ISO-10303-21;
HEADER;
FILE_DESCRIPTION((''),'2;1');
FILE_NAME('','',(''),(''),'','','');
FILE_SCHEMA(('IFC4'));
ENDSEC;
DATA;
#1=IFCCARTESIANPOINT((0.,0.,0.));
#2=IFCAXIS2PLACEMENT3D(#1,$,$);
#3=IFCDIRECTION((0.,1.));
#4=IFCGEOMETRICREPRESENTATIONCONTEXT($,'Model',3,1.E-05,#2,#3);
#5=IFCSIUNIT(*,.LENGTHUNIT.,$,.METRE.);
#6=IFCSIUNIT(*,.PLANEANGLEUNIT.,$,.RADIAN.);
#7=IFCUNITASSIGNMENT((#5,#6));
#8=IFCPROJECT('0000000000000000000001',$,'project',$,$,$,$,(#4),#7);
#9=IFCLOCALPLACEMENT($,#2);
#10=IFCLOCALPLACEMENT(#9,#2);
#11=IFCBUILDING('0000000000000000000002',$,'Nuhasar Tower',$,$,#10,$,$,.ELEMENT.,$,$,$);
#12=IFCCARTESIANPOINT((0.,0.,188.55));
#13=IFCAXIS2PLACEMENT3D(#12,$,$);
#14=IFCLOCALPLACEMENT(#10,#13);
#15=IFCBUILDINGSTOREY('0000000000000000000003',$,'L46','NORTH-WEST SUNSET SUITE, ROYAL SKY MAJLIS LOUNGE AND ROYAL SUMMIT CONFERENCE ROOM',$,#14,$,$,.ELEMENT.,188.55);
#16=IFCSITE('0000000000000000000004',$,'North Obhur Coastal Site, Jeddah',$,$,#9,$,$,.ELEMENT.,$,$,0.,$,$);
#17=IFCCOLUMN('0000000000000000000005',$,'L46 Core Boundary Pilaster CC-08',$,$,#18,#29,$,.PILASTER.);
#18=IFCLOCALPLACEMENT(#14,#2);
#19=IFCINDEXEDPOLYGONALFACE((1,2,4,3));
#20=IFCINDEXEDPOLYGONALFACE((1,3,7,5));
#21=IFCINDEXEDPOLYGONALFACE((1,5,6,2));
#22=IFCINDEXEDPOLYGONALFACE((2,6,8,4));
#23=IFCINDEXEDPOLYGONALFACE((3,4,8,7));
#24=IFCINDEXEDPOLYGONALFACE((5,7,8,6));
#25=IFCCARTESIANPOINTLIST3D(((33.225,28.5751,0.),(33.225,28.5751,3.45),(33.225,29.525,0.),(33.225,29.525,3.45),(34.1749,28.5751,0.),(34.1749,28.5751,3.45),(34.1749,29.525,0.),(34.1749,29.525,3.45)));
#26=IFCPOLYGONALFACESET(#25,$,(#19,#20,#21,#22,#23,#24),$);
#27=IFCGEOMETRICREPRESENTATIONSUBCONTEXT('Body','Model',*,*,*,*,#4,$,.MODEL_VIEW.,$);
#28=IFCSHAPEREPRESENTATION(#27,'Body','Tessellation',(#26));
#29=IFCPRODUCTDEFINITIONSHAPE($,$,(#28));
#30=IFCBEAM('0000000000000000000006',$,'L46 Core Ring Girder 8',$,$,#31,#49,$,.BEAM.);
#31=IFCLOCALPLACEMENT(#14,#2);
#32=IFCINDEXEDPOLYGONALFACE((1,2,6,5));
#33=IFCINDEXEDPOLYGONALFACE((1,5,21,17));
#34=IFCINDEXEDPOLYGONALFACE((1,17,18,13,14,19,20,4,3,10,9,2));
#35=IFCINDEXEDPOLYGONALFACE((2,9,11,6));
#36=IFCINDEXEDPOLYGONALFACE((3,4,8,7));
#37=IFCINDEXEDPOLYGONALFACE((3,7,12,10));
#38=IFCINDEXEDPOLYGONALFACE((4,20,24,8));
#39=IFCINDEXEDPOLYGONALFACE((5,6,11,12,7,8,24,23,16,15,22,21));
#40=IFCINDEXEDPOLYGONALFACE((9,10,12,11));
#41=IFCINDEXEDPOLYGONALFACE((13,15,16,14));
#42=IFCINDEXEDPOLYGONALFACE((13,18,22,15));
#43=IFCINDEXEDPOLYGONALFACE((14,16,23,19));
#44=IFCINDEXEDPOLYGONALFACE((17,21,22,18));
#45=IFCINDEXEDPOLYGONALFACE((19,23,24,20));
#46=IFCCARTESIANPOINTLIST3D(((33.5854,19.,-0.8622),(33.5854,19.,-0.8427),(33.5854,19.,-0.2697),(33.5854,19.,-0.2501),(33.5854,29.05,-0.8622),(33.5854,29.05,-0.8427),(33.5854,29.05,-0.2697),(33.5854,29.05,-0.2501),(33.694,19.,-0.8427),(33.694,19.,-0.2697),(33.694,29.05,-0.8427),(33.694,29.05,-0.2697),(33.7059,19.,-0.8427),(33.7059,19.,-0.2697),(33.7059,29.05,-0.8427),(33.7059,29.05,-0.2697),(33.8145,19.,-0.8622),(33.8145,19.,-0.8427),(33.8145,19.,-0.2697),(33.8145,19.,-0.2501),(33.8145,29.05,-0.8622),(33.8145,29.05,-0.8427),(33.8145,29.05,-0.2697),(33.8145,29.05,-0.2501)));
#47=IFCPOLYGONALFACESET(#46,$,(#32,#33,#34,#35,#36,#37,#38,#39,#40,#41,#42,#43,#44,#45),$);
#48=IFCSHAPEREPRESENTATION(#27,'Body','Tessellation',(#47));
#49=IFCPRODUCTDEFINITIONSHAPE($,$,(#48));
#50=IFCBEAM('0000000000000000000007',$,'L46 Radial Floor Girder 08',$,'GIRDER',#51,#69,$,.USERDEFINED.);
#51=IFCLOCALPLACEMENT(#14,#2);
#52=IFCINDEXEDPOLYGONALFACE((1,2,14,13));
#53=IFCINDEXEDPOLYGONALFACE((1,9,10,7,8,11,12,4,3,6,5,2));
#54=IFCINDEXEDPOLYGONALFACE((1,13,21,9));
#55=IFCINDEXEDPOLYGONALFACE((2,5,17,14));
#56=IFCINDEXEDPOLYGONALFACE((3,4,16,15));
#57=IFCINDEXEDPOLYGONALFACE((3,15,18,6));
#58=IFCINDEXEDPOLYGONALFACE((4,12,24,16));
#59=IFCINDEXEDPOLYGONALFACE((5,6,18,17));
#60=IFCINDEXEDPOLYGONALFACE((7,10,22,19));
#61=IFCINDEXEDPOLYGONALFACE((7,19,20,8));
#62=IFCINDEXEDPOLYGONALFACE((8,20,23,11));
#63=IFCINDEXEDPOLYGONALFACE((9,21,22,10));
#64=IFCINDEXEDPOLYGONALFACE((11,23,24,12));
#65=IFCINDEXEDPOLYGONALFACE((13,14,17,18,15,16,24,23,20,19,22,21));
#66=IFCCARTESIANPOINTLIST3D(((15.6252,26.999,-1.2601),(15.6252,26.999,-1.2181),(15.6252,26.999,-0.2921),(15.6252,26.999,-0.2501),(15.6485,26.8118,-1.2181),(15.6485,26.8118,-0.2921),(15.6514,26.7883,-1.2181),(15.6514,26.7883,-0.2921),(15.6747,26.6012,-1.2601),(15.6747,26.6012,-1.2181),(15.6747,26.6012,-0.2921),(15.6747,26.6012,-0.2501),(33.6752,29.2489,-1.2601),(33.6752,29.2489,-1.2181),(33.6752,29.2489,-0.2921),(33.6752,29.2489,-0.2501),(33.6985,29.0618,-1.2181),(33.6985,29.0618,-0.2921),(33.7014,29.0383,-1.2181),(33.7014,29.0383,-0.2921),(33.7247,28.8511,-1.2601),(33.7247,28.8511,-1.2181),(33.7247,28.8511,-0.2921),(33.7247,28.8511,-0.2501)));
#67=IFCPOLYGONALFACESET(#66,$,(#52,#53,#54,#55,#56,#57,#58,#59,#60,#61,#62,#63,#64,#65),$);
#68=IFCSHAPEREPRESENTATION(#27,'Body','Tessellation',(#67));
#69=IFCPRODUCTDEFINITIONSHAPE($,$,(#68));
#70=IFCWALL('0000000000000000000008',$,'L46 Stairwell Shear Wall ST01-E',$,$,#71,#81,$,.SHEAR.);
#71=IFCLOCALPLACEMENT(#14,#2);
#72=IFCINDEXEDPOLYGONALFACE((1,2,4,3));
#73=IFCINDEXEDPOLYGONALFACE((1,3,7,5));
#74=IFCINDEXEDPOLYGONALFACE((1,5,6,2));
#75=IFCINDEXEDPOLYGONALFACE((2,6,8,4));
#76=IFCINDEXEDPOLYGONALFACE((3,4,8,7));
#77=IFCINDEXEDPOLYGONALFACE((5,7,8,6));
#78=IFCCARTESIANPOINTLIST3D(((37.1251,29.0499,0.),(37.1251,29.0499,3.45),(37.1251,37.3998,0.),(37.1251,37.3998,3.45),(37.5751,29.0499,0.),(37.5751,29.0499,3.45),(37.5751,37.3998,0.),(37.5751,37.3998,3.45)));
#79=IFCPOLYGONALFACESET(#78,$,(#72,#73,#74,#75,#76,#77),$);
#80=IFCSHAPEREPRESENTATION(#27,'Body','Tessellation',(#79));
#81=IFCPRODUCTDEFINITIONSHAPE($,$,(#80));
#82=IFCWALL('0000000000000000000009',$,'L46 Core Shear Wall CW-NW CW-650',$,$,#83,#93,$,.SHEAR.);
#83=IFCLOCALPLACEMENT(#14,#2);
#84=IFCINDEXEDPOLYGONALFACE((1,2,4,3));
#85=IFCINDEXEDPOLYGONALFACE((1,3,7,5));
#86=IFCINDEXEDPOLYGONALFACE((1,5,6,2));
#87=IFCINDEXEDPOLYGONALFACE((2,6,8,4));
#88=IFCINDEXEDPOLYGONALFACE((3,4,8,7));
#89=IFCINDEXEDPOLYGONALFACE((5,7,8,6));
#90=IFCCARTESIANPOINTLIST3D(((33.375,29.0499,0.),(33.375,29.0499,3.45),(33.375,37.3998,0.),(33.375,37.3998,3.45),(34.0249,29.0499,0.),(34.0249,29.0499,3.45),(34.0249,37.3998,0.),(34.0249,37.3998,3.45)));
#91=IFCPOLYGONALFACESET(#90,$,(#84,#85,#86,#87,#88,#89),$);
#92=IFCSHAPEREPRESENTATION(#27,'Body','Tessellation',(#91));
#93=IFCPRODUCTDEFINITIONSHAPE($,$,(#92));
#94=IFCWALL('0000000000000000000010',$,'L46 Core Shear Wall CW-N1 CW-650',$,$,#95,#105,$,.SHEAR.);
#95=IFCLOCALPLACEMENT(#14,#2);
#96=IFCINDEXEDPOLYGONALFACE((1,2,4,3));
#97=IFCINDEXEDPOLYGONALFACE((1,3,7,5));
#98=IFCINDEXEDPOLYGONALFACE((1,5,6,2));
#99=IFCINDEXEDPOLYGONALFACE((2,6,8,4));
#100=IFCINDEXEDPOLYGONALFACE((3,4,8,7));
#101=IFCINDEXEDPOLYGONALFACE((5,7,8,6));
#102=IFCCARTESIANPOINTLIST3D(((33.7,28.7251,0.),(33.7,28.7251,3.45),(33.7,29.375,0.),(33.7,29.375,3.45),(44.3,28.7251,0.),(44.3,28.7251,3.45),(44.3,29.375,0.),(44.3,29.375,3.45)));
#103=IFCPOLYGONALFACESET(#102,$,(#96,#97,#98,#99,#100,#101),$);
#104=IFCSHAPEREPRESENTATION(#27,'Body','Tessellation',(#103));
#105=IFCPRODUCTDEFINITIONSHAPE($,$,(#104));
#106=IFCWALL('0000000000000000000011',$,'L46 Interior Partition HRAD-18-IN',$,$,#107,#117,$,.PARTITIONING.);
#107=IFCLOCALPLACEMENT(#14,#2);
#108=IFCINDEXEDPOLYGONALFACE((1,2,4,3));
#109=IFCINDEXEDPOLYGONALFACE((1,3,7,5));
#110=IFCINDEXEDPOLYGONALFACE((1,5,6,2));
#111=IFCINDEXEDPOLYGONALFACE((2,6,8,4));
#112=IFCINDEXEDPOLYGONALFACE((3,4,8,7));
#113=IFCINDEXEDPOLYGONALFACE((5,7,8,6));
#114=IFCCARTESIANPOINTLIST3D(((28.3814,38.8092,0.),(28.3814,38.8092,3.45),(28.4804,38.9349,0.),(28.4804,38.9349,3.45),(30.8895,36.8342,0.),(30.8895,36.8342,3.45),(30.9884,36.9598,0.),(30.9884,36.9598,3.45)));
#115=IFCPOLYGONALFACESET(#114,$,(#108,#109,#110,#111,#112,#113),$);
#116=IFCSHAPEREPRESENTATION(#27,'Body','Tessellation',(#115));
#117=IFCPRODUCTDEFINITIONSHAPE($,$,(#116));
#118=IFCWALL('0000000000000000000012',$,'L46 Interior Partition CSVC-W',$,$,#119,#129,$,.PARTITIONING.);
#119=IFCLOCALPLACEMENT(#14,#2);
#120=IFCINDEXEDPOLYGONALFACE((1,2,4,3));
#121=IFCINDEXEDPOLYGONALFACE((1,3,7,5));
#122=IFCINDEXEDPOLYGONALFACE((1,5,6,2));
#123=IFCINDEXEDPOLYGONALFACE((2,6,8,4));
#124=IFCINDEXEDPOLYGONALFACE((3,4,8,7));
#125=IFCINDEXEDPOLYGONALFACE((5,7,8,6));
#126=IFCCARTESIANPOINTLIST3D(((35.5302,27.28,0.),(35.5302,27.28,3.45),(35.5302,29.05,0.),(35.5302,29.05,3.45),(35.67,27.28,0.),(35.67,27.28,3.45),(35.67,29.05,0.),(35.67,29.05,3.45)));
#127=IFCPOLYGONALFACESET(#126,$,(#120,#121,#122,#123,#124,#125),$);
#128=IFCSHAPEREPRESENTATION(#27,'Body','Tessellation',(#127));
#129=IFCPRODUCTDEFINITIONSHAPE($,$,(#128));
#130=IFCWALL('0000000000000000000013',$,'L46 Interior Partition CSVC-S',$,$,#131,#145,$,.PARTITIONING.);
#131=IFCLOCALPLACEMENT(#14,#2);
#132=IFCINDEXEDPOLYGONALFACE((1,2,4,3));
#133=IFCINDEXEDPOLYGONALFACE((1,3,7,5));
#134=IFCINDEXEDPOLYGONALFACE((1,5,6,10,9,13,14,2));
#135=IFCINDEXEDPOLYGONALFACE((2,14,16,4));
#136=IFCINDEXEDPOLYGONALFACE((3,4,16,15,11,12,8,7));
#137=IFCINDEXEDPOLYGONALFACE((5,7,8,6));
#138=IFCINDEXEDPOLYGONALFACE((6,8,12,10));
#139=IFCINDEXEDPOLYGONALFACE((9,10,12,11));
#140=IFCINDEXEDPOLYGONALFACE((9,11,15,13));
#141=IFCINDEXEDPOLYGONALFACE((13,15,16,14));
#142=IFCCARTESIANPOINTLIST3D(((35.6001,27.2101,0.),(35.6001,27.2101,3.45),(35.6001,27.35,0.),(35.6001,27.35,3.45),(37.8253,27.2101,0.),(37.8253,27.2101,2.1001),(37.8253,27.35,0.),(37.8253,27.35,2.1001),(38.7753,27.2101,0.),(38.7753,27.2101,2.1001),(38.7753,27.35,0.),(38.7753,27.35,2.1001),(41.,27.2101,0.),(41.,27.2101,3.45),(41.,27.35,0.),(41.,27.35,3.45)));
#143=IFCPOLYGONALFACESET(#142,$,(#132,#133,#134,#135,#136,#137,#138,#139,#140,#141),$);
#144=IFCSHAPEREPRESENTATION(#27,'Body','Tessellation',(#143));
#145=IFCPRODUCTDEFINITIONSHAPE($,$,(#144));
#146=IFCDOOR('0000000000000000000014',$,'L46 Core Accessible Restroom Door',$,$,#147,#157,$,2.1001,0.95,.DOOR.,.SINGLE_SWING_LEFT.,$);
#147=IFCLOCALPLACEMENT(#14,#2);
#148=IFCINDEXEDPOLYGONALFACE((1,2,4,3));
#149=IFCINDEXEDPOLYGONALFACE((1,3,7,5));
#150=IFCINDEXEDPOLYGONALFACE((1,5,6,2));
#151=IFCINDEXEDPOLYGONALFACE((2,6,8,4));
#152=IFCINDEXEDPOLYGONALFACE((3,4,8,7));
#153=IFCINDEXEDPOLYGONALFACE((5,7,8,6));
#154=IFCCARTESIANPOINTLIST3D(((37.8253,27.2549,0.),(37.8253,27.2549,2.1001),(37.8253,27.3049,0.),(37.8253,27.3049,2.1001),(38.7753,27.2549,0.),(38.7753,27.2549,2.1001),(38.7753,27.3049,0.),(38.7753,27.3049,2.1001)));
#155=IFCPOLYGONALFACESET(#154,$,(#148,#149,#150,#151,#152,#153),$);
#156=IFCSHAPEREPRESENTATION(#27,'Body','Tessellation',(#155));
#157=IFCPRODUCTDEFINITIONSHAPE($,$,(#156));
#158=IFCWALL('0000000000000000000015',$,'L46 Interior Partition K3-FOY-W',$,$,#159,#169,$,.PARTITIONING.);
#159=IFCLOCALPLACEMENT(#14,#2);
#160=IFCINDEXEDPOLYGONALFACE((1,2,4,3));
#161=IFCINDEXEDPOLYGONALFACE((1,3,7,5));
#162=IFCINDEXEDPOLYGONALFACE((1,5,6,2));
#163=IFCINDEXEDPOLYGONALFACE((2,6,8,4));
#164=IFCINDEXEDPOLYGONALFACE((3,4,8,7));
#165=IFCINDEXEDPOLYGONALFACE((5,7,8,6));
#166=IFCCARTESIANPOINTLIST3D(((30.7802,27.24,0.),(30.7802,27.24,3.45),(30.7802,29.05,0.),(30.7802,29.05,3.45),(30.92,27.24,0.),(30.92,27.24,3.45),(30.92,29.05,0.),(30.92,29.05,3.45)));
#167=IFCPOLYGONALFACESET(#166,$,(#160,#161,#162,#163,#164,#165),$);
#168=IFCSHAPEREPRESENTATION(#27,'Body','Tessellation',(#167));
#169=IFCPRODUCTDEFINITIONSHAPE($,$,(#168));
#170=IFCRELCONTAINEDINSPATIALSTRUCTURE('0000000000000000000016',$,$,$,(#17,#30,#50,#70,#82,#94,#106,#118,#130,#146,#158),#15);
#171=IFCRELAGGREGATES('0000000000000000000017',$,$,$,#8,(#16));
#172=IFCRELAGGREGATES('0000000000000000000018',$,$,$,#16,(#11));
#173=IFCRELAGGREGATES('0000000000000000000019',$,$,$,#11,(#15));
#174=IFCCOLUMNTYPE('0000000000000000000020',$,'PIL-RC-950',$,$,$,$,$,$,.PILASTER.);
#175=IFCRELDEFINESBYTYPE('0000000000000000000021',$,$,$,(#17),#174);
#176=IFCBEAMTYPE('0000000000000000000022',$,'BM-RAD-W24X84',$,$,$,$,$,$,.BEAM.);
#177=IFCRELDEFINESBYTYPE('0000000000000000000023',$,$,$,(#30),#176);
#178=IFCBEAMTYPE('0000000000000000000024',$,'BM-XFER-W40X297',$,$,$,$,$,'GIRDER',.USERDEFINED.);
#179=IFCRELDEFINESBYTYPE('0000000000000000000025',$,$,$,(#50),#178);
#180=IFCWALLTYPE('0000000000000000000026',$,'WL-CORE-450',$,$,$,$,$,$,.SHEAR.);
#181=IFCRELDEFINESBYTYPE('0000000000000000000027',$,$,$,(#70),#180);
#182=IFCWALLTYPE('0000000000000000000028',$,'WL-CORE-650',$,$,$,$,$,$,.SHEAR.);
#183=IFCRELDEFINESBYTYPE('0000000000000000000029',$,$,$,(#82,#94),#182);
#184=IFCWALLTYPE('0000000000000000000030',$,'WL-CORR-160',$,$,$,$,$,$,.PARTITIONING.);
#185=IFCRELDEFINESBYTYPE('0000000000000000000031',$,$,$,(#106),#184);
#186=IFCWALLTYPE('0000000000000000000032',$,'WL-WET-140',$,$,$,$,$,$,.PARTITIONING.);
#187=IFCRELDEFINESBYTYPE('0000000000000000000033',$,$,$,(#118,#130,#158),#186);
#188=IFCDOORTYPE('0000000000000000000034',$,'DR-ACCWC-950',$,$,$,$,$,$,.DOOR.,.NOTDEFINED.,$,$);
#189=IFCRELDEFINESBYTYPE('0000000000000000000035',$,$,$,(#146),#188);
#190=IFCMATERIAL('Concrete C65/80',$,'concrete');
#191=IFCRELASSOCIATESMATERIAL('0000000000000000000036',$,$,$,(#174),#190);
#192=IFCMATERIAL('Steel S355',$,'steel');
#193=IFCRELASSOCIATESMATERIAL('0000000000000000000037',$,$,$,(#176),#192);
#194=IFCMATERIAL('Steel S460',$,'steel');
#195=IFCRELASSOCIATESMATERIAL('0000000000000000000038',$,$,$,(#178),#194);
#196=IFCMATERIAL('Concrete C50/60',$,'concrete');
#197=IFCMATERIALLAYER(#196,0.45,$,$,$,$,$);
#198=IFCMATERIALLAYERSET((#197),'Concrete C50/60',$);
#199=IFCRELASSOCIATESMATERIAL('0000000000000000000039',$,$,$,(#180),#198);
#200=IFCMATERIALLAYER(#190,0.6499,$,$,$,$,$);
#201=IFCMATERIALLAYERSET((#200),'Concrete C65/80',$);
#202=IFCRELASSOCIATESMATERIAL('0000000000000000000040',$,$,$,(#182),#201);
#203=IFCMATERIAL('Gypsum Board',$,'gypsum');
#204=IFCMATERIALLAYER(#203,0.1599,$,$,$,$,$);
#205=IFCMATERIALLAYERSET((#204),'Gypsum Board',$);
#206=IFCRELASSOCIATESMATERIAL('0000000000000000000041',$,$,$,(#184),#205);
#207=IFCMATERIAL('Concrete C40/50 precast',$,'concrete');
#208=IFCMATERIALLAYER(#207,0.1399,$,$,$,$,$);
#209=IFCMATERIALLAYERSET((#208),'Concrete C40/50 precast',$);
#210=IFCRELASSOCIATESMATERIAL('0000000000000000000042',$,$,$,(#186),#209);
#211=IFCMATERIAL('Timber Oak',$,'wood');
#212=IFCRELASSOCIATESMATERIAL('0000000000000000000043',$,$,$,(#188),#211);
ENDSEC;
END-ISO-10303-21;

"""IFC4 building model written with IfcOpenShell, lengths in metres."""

from ifc_helpers import new_model, si_unit, direction, frame, frame_2d, origin, origin_2d, place, context, subcontext, project, spatial, rectangle, i_section, extrude, material, layer, layer_set, material_profile, profile_set, type_object, element, fill, save


model = new_model("IFC4")

# Units and contexts
model_context = context("Model", 3, precision=1e-05, world=origin(), true_north=direction((0.0, 1.0)))
body_context = subcontext(model_context, "Body", "Model", "MODEL_VIEW")
ifc_project = project(units=[si_unit("LENGTHUNIT", "METRE"), si_unit("PLANEANGLEUNIT", "RADIAN")], contexts=[model_context])

# Site, building, storey
site_placement = place(None, origin())
site = spatial("IfcSite", under=ifc_project, at=site_placement, Name="North Obhur Coastal Site, Jeddah", CompositionType="ELEMENT", RefElevation=0.0)
building_placement = place(site_placement, origin())
building = spatial("IfcBuilding", under=site, at=building_placement, Name="Nuhasar Tower", CompositionType="ELEMENT")
storey_placement = place(building_placement, frame((0.0, 0.0, 188.55)))
storey = spatial("IfcBuildingStorey", under=building, at=storey_placement, Name="L46", Description="NORTH-WEST SUNSET SUITE, ROYAL SKY MAJLIS LOUNGE AND ROYAL SUMMIT CONFERENCE ROOM", CompositionType="ELEMENT", Elevation=188.55)

# Column
ifc_material_1 = material(Name="Concrete C65/80", Category="concrete")
ifc_material_profile_1 = material_profile(ifc_material_1, rectangle(XDim=0.95, YDim=0.95, at=origin_2d()), Name="RC950X950")
ifc_profile_set_1 = profile_set([ifc_material_profile_1], Name="Concrete C65/80")
column_type = type_object("IfcColumnType", Name="PIL-RC-950", PredefinedType="PILASTER", material=ifc_profile_set_1)
column_placement = place(storey_placement, frame((33.7, 29.05, 0.0), z_axis=(0.0, 0.0, 1.0), x_axis=(1.0, 0.0, 0.0)))
element("IfcColumn", 1, at=column_placement, inside=storey, type_object=column_type, Name="L46 Core Boundary Pilaster CC-08", PredefinedType="PILASTER", context=body_context, shape_type="SweptSolid", body=[
    extrude(rectangle(XDim=0.95, YDim=0.95, at=origin_2d()), origin(), (0.0, 0.0, 1.0), 3.45),
])

# Beams
ifc_material_2 = material(Name="Steel S355", Category="steel")
ifc_material_profile_2 = material_profile(ifc_material_2, i_section(OverallWidth=0.229, OverallDepth=0.6121, WebThickness=0.012, FlangeThickness=0.0195, at=origin_2d()), Name="W24X84")
ifc_profile_set_2 = profile_set([ifc_material_profile_2], Name="Steel S355")
beam_type_1 = type_object("IfcBeamType", Name="BM-RAD-W24X84", PredefinedType="BEAM", material=ifc_profile_set_2)
beam_1_placement = place(storey_placement, frame((33.7, 29.05, -0.5562), z_axis=(0.0, -1.0, 0.0), x_axis=(1.0, 0.0, 0.0)))
element("IfcBeam", 2, at=beam_1_placement, inside=storey, type_object=beam_type_1, Name="L46 Core Ring Girder 8", PredefinedType="BEAM", context=body_context, shape_type="SweptSolid", body=[
    extrude(i_section(OverallWidth=0.229, OverallDepth=0.6121, WebThickness=0.012, FlangeThickness=0.0195, at=origin_2d()), origin(), (0.0, 0.0, 1.0), 10.05),
])
ifc_material_3 = material(Name="Steel S460", Category="steel")
ifc_material_profile_3 = material_profile(ifc_material_3, i_section(OverallWidth=0.4009, OverallDepth=1.01, WebThickness=0.0237, FlangeThickness=0.042, at=origin_2d()), Name="W40X297")
ifc_profile_set_3 = profile_set([ifc_material_profile_3], Name="Steel S460")
beam_type_2 = type_object("IfcBeamType", Name="BM-XFER-W40X297", ElementType="GIRDER", PredefinedType="USERDEFINED", material=ifc_profile_set_3)
beam_2_placement = place(storey_placement, frame((33.7, 29.05, -0.7551), z_axis=(-0.99232, -0.123696, 0.0), x_axis=(0.123696, -0.99232, 0.0)))
element("IfcBeam", 3, at=beam_2_placement, inside=storey, type_object=beam_type_2, Name="L46 Radial Floor Girder 08", ObjectType="GIRDER", PredefinedType="USERDEFINED", context=body_context, shape_type="SweptSolid", body=[
    extrude(i_section(OverallWidth=0.4009, OverallDepth=1.01, WebThickness=0.0237, FlangeThickness=0.042, at=origin_2d()), origin(), (0.0, 0.0, 1.0), 18.1897),
])

# Walls
ifc_material_4 = material(Name="Concrete C50/60", Category="concrete")
ifc_layer_1 = layer(ifc_material_4, 0.45)
ifc_layer_set_1 = layer_set([ifc_layer_1], Name="Concrete C50/60")
wall_type_1 = type_object("IfcWallType", Name="WL-CORE-450", PredefinedType="SHEAR", material=ifc_layer_set_1)
wall_1_placement = place(storey_placement, frame((37.3501, 29.05, 0.0), z_axis=(0.0, 0.0, 1.0), x_axis=(0.0, 1.0, 0.0)))
element("IfcWall", 4, at=wall_1_placement, inside=storey, type_object=wall_type_1, Name="L46 Stairwell Shear Wall ST01-E", PredefinedType="SHEAR", context=body_context, shape_type="SweptSolid", body=[
    extrude(rectangle(XDim=8.3499, YDim=0.45, at=frame_2d((4.1748, 0.0))), origin(), (0.0, 0.0, 1.0), 3.45),
])
ifc_layer_2 = layer(ifc_material_1, 0.6499)
ifc_layer_set_2 = layer_set([ifc_layer_2], Name="Concrete C65/80")
wall_type_2 = type_object("IfcWallType", Name="WL-CORE-650", PredefinedType="SHEAR", material=ifc_layer_set_2)
wall_2_placement = place(storey_placement, frame((33.7, 29.05, 0.0), z_axis=(0.0, 0.0, 1.0), x_axis=(0.0, 1.0, 0.0)))
element("IfcWall", 5, at=wall_2_placement, inside=storey, type_object=wall_type_2, Name="L46 Core Shear Wall CW-NW CW-650", PredefinedType="SHEAR", context=body_context, shape_type="SweptSolid", body=[
    extrude(rectangle(XDim=8.3499, YDim=0.6499, at=frame_2d((4.1748, 0.0))), origin(), (0.0, 0.0, 1.0), 3.45),
])
wall_3_placement = place(storey_placement, frame((33.7, 29.05, 0.0), z_axis=(0.0, 0.0, 1.0), x_axis=(1.0, 0.0, 0.0)))
element("IfcWall", 6, at=wall_3_placement, inside=storey, type_object=wall_type_2, Name="L46 Core Shear Wall CW-N1 CW-650", PredefinedType="SHEAR", context=body_context, shape_type="SweptSolid", body=[
    extrude(rectangle(XDim=10.6001, YDim=0.6499, at=frame_2d((5.3, 0.0))), origin(), (0.0, 0.0, 1.0), 3.45),
])
ifc_material_5 = material(Name="Gypsum Board", Category="gypsum")
ifc_layer_3 = layer(ifc_material_5, 0.1599)
ifc_layer_set_3 = layer_set([ifc_layer_3], Name="Gypsum Board")
wall_type_3 = type_object("IfcWallType", Name="WL-CORR-160", PredefinedType="PARTITIONING", material=ifc_layer_set_3)
wall_4_placement = place(storey_placement, frame((30.939, 36.897, 0.0), z_axis=(0.0, 0.0, 1.0), x_axis=(-0.785636, 0.618689, 0.0)))
element("IfcWall", 7, at=wall_4_placement, inside=storey, type_object=wall_type_3, Name="L46 Interior Partition HRAD-18-IN", PredefinedType="PARTITIONING", context=body_context, shape_type="SweptSolid", body=[
    extrude(rectangle(XDim=3.1924, YDim=0.1599, at=frame_2d((1.5962, 0.0))), origin(), (0.0, 0.0, 1.0), 3.45),
])
ifc_material_6 = material(Name="Concrete C40/50 precast", Category="concrete")
ifc_layer_4 = layer(ifc_material_6, 0.1399)
ifc_layer_set_4 = layer_set([ifc_layer_4], Name="Concrete C40/50 precast")
wall_type_4 = type_object("IfcWallType", Name="WL-WET-140", PredefinedType="PARTITIONING", material=ifc_layer_set_4)
wall_5_placement = place(storey_placement, frame((35.6001, 27.28, 0.0), z_axis=(0.0, 0.0, 1.0), x_axis=(0.0, 1.0, 0.0)))
element("IfcWall", 8, at=wall_5_placement, inside=storey, type_object=wall_type_4, Name="L46 Interior Partition CSVC-W", PredefinedType="PARTITIONING", context=body_context, shape_type="SweptSolid", body=[
    extrude(rectangle(XDim=1.77, YDim=0.1399, at=frame_2d((0.885, 0.0))), origin(), (0.0, 0.0, 1.0), 3.45),
])

# Wall, opening, door
wall_6_placement = place(storey_placement, frame((35.6001, 27.28, 0.0), z_axis=(0.0, 0.0, 1.0), x_axis=(1.0, 0.0, 0.0)))
wall_6 = element("IfcWall", 9, at=wall_6_placement, inside=storey, type_object=wall_type_4, Name="L46 Interior Partition CSVC-S", PredefinedType="PARTITIONING", context=body_context, shape_type="SweptSolid", body=[
    extrude(rectangle(XDim=5.3999, YDim=0.1399, at=frame_2d((2.7, 0.0))), origin(), (0.0, 0.0, 1.0), 3.45),
])
opening_1_placement = place(wall_6_placement, frame((2.2251, 0.0, 0.0)))
opening_1 = element("IfcOpeningElement", 10, at=opening_1_placement, cuts=wall_6, PredefinedType="OPENING", context=body_context, shape_type="SweptSolid", body=[
    extrude(rectangle(XDim=0.95, YDim=2.1001, at=frame_2d((0.4751, 1.05))), frame((0.0, 0.0801, 0.0), z_axis=(0.0, -1.0, 0.0), x_axis=(1.0, 0.0, 0.0)), (0.0, 0.0, 1.0), 0.1599),
])
ifc_material_7 = material(Name="Timber Oak", Category="wood")
door_type_1 = type_object("IfcDoorType", Name="DR-ACCWC-950", OperationType="NOTDEFINED", PredefinedType="DOOR", material=ifc_material_7)
door_1_placement = place(opening_1_placement, origin())
door_1 = element("IfcDoor", 11, at=door_1_placement, inside=storey, type_object=door_type_1, Name="L46 Core Accessible Restroom Door", OperationType="SINGLE_SWING_LEFT", OverallHeight=2.1001, OverallWidth=0.95, PredefinedType="DOOR", context=body_context, shape_type="SweptSolid", body=[
    extrude(rectangle(XDim=0.95, YDim=2.1001, at=frame_2d((0.4751, 1.05))), frame((0.0, 0.0249, 0.0), z_axis=(0.0, -1.0, 0.0), x_axis=(1.0, 0.0, 0.0)), (0.0, 0.0, 1.0), 0.05),
])
fill(opening_1, door_1)

# Wall
wall_7_placement = place(storey_placement, frame((30.8501, 27.24, 0.0), z_axis=(0.0, 0.0, 1.0), x_axis=(0.0, 1.0, 0.0)))
element("IfcWall", 12, at=wall_7_placement, inside=storey, type_object=wall_type_4, Name="L46 Interior Partition K3-FOY-W", PredefinedType="PARTITIONING", context=body_context, shape_type="SweptSolid", body=[
    extrude(rectangle(XDim=1.8101, YDim=0.1399, at=frame_2d((0.905, 0.0))), origin(), (0.0, 0.0, 1.0), 3.45),
])

save(model, "model.ifc")
